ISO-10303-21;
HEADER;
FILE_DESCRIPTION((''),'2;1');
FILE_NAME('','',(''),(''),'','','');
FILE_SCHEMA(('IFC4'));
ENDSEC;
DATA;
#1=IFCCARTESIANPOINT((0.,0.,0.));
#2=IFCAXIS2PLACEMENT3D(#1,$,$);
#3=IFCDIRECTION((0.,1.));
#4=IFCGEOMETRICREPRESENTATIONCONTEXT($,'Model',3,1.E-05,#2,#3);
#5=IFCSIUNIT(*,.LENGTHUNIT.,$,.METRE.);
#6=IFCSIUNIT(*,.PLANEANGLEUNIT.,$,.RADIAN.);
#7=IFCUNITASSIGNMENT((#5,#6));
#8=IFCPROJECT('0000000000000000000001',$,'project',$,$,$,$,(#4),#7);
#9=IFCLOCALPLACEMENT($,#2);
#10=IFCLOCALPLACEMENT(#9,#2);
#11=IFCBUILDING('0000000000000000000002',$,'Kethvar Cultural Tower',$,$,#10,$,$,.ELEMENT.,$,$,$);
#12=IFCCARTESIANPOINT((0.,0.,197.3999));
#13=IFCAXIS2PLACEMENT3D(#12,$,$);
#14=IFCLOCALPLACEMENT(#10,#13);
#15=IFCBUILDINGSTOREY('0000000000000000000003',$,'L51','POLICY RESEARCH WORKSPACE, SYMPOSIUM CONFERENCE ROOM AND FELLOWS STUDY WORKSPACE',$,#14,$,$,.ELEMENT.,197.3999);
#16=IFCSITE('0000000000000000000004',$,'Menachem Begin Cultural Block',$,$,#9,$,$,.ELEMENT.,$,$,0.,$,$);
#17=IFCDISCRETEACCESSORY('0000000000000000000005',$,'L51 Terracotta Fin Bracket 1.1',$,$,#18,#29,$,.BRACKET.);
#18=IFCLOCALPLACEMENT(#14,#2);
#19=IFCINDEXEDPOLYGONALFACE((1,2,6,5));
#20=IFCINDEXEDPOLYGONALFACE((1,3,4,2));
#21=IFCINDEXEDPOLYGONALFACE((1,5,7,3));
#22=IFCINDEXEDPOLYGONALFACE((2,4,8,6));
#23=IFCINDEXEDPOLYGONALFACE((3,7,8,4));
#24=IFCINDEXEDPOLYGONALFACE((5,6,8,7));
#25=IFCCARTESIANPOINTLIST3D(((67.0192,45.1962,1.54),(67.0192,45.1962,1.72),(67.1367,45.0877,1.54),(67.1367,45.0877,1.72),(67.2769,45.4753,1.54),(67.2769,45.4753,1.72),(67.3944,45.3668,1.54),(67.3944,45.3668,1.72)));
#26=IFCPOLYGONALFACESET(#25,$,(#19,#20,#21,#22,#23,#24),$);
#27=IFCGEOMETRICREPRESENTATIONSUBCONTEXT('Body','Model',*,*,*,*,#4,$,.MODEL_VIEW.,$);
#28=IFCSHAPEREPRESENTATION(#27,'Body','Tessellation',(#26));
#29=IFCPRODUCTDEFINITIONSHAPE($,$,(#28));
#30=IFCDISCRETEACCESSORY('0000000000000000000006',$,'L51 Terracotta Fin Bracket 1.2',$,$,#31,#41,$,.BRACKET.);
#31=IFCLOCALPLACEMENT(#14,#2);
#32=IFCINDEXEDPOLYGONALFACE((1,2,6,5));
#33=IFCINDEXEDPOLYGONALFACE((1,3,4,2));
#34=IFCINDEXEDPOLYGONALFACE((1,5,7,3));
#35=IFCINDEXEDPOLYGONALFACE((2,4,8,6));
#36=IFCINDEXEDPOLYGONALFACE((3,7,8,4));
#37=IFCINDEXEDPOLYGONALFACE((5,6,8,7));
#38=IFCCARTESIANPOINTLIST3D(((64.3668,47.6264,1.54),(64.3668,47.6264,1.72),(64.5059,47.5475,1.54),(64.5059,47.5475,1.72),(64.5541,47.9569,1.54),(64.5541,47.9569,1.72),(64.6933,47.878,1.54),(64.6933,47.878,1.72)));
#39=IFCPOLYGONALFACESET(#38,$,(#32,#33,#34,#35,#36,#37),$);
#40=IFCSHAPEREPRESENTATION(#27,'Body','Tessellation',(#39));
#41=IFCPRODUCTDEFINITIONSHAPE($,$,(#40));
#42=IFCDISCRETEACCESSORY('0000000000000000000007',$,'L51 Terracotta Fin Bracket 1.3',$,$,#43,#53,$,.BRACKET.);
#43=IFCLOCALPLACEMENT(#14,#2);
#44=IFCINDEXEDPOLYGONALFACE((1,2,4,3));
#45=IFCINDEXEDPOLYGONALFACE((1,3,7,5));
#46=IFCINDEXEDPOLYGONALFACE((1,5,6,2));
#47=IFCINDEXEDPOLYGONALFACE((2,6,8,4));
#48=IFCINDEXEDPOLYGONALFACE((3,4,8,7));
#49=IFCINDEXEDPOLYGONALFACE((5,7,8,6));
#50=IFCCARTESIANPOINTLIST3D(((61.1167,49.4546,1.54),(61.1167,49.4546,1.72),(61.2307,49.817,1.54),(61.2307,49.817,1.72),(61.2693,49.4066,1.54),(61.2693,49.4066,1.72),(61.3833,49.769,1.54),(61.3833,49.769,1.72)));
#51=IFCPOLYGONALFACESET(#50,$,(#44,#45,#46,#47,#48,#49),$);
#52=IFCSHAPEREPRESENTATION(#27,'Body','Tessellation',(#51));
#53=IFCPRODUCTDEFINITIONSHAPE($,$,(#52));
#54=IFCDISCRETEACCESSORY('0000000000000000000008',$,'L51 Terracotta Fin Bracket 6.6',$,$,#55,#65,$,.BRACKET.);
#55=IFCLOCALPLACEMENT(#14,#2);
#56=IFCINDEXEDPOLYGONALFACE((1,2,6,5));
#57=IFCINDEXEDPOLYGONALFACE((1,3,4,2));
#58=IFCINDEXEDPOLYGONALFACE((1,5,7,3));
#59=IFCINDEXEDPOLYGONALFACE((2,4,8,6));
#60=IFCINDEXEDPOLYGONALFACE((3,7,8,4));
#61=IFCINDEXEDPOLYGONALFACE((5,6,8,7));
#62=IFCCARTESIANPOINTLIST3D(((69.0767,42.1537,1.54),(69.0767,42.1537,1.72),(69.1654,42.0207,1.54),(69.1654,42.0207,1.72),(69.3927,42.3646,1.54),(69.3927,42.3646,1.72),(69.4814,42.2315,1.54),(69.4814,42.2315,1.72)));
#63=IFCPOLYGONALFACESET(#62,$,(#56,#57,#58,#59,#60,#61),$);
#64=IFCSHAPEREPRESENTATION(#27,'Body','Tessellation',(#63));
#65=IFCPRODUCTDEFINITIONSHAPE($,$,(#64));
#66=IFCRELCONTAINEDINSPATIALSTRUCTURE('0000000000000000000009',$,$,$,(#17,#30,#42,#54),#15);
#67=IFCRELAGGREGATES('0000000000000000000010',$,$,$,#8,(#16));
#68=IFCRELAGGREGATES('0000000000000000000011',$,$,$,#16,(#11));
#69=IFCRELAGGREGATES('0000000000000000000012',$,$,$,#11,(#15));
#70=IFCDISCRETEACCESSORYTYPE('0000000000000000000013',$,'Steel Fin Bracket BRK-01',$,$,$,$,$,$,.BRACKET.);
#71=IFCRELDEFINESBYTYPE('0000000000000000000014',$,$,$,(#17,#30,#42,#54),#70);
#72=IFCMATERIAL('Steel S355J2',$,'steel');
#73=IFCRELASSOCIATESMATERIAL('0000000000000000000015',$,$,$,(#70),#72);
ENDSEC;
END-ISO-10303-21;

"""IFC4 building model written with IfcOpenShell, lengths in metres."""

from ifc_helpers import new_model, si_unit, direction, frame, origin, origin_2d, place, context, subcontext, project, spatial, rectangle, extrude, source, transform, mapped, material, type_object, element, save


model = new_model("IFC4")

# Units and contexts
model_context = context("Model", 3, precision=1e-05, world=origin(), true_north=direction((0.0, 1.0)))
body_context = subcontext(model_context, "Body", "Model", "MODEL_VIEW")
ifc_project = project(units=[si_unit("LENGTHUNIT", "METRE"), si_unit("PLANEANGLEUNIT", "RADIAN")], contexts=[model_context])

# Site, building, storey
site_placement = place(None, origin())
site = spatial("IfcSite", under=ifc_project, at=site_placement, Name="Menachem Begin Cultural Block", CompositionType="ELEMENT", RefElevation=0.0)
building_placement = place(site_placement, origin())
building = spatial("IfcBuilding", under=site, at=building_placement, Name="Kethvar Cultural Tower", CompositionType="ELEMENT")
storey_placement = place(building_placement, frame((0.0, 0.0, 197.3999)))
storey = spatial("IfcBuildingStorey", under=building, at=storey_placement, Name="L51", Description="POLICY RESEARCH WORKSPACE, SYMPOSIUM CONFERENCE ROOM AND FELLOWS STUDY WORKSPACE", CompositionType="ELEMENT", Elevation=197.3999)

# Shared definitions
ifc_material_1 = material(Name="Steel S355J2", Category="steel")

# Discrete accessories
discrete_accessory_type = type_object("IfcDiscreteAccessoryType", Name="Steel Fin Bracket BRK-01", PredefinedType="BRACKET", material=ifc_material_1)
shared_shape_1 = source(origin(), body_context, "Body", "SweptSolid", [
    extrude(rectangle(XDim=0.3799, YDim=0.1599, at=origin_2d()), origin(), (0.0, 0.0, 1.0), 0.1799),
])
for number, where, z_axis, x_axis, name in (
    (1, (67.2068, 45.2815, 1.54), (0.0, 0.0, 1.0), (0.678288, 0.734796, 0.0), "L51 Terracotta Fin Bracket 1.1"),
    (2, (64.53, 47.7522, 1.54), (0.0, 0.0, 1.0), (0.493183, 0.869926, 0.0), "L51 Terracotta Fin Bracket 1.2"),
    (3, (61.25, 49.6118, 1.54), (0.0, 0.0, 1.0), (0.30004, 0.953927, 0.0), "L51 Terracotta Fin Bracket 1.3"),
    (4, (69.2791, 42.1926, 1.54), (0.0, 0.0, 1.0), (0.831857, 0.55499, 0.0), "L51 Terracotta Fin Bracket 6.6"),
):
    element("IfcDiscreteAccessory", number, at=place(storey_placement, frame(where, z_axis=z_axis, x_axis=x_axis)), inside=storey, type_object=discrete_accessory_type, Name=name, PredefinedType="BRACKET", context=body_context, shape_type="MappedRepresentation", body=[
        mapped(shared_shape_1, transform((0.0, 0.0, 0.0), scale=1.0)),
    ])

save(model, "model.ifc")
